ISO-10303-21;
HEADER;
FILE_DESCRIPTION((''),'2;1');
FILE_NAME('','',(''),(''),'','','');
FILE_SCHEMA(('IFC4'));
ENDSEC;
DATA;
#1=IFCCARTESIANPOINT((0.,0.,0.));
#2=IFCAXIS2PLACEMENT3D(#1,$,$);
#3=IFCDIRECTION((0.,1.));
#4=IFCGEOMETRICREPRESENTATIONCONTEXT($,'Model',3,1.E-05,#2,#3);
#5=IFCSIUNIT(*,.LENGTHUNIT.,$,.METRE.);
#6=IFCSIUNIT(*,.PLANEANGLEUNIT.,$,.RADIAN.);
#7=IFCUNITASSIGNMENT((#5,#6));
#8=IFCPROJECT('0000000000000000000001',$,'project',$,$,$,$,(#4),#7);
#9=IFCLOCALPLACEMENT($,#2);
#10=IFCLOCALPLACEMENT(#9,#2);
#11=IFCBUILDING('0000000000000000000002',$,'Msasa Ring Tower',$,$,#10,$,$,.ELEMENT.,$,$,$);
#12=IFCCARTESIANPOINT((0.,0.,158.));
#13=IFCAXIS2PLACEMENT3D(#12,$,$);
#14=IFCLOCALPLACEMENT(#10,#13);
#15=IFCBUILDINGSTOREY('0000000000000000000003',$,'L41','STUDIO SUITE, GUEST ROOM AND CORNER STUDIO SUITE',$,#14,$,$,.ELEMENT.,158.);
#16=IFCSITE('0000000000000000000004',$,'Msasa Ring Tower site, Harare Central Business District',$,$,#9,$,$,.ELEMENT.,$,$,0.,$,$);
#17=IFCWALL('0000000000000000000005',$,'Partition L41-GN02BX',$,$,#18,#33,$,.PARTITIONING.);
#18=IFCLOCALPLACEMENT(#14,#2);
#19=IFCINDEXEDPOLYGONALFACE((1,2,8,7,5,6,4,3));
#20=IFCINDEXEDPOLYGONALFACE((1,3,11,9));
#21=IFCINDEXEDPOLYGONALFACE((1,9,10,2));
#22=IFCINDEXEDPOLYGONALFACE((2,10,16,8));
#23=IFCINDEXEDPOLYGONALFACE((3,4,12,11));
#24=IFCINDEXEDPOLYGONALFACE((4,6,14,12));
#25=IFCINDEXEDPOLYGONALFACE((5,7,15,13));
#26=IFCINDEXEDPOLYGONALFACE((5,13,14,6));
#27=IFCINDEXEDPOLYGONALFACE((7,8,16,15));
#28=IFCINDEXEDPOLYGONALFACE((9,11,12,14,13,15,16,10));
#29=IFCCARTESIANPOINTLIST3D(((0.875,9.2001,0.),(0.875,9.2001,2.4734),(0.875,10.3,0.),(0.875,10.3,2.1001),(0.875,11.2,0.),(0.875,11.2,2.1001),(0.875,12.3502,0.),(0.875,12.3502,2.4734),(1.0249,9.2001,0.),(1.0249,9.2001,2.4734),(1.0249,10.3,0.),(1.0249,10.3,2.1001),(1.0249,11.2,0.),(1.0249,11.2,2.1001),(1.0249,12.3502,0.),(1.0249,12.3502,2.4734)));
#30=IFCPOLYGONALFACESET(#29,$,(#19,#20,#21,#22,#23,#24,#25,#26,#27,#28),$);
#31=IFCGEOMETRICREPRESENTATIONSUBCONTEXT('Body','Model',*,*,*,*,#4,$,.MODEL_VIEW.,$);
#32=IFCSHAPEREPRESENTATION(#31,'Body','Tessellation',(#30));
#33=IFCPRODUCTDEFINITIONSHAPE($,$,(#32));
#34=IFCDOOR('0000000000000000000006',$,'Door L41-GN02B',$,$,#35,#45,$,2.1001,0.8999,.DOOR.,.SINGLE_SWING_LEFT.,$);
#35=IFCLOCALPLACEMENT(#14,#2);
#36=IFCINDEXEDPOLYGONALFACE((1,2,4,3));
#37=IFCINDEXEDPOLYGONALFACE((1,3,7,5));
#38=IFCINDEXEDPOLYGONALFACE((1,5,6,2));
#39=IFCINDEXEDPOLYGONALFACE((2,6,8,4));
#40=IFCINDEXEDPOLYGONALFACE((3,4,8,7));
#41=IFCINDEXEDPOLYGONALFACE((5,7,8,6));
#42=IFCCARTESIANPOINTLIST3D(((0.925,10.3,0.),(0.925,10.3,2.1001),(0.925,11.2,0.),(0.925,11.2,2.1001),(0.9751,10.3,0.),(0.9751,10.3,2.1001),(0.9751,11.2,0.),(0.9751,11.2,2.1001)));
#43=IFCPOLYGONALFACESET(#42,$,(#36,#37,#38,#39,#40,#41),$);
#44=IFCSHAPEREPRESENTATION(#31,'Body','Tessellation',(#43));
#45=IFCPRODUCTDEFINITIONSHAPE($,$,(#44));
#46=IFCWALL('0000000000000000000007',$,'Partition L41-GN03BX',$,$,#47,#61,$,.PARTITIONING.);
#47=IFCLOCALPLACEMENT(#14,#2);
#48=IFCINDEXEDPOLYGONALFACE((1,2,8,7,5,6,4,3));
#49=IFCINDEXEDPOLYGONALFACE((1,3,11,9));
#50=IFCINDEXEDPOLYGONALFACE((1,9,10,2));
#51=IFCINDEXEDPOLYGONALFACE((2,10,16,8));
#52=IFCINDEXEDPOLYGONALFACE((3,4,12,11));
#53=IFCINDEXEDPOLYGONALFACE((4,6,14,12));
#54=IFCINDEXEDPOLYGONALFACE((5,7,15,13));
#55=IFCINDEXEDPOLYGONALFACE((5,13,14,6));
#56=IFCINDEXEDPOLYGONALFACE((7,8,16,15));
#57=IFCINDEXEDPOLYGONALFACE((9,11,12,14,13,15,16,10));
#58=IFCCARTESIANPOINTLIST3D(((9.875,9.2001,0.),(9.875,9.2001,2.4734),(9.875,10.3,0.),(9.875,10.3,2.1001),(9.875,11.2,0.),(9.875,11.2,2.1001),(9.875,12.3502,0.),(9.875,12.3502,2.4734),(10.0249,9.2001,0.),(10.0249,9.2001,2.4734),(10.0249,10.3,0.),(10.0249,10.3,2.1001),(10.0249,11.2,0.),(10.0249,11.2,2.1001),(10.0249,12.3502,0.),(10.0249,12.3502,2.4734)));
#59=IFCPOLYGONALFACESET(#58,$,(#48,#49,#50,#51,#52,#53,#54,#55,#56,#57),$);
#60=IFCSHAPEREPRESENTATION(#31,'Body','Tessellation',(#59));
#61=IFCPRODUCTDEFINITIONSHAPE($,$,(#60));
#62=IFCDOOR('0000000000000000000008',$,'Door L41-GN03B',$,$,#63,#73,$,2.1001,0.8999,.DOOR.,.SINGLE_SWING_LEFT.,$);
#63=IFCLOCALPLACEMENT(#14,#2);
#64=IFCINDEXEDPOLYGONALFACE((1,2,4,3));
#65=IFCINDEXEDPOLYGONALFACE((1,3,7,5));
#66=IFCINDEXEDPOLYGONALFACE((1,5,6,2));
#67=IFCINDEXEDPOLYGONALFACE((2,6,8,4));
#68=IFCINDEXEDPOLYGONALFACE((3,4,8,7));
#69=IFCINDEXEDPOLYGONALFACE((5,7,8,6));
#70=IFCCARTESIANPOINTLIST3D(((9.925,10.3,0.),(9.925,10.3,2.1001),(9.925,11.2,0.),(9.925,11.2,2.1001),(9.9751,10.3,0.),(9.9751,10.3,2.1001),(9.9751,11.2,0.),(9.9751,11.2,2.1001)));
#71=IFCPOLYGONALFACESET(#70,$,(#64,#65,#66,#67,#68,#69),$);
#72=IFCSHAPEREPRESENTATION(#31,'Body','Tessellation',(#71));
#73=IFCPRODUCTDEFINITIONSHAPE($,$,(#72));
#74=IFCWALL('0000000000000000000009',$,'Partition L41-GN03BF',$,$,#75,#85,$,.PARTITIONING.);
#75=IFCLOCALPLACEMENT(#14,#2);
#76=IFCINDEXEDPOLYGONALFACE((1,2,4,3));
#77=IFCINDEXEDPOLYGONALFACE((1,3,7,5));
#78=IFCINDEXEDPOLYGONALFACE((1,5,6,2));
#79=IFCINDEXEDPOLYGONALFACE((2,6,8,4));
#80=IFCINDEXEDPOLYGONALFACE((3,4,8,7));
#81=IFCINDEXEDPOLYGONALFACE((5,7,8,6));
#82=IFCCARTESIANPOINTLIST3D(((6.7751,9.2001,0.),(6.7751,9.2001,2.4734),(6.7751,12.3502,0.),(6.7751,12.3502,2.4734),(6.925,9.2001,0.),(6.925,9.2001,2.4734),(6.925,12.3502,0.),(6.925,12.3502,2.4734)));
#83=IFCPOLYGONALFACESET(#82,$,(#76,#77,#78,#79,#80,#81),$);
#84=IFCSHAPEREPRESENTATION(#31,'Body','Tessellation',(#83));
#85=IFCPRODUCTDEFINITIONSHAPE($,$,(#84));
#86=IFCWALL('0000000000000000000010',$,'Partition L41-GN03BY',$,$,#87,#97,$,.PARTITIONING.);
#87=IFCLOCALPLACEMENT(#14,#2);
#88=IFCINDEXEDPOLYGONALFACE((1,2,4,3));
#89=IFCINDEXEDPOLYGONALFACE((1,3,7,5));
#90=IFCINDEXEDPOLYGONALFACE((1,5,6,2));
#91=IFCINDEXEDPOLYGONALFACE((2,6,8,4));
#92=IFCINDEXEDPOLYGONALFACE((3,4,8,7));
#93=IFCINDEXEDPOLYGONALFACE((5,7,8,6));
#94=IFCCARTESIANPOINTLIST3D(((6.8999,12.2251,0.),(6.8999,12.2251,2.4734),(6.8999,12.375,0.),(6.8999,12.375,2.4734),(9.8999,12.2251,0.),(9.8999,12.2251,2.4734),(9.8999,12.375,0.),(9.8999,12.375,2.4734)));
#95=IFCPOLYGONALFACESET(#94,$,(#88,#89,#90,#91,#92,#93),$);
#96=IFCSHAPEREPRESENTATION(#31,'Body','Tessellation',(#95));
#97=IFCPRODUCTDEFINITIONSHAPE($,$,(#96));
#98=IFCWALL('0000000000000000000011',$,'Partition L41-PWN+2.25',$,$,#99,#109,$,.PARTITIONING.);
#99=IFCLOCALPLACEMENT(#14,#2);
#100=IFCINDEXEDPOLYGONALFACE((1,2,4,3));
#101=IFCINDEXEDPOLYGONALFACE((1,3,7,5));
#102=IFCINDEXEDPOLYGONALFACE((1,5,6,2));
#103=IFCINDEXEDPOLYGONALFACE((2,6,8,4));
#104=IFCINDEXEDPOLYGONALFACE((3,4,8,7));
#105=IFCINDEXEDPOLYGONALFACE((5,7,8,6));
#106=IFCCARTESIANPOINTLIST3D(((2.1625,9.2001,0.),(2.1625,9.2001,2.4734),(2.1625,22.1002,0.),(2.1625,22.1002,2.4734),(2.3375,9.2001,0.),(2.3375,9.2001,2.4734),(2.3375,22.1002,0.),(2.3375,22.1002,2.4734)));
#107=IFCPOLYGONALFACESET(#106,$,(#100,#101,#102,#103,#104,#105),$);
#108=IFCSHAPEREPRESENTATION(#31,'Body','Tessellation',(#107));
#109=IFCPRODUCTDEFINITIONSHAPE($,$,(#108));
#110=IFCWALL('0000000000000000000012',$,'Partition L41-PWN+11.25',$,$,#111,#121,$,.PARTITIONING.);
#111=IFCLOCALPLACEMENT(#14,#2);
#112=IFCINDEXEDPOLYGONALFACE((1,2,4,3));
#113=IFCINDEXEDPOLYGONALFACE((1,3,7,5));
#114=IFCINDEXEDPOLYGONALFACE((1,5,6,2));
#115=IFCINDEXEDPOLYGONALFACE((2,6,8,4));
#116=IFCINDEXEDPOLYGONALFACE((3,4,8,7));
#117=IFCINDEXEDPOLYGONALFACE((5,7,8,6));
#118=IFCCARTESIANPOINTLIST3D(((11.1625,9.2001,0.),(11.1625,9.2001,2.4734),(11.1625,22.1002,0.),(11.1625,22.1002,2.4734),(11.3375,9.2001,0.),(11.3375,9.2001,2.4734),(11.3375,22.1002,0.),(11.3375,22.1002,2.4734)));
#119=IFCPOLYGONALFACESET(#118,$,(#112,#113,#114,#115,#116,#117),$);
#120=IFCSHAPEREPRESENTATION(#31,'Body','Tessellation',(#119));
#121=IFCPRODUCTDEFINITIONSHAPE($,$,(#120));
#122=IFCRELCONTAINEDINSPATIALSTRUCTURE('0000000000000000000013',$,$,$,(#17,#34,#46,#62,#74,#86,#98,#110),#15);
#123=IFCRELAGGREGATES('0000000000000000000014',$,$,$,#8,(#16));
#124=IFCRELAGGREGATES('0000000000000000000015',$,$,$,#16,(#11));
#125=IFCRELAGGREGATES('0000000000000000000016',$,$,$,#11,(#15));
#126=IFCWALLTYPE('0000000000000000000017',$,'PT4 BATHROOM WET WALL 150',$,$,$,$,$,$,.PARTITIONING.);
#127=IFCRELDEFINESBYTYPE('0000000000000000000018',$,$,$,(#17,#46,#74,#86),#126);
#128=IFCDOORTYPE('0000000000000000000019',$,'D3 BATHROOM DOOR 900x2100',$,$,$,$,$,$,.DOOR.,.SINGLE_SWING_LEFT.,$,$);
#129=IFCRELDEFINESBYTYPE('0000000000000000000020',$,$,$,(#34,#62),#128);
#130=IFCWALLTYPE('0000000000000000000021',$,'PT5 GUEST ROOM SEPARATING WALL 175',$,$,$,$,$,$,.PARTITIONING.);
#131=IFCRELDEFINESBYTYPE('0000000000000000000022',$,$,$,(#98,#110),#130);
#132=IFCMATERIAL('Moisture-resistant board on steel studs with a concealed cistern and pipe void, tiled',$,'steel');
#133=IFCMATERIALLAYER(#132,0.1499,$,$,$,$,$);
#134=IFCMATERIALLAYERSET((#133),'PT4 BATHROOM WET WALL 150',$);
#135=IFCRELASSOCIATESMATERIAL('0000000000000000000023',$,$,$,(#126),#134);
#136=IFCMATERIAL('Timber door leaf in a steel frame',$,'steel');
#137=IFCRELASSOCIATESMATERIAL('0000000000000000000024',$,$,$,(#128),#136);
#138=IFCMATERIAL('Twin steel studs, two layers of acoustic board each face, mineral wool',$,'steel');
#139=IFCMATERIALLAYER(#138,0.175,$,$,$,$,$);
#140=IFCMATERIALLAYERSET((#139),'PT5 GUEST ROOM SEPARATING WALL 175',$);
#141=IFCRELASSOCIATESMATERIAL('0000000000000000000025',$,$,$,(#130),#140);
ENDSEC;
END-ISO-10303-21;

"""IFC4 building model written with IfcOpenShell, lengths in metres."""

from ifc_helpers import new_model, si_unit, direction, frame, frame_2d, origin, place, context, subcontext, project, spatial, rectangle, extrude, material, layer, layer_set, type_object, element, fill, save


model = new_model("IFC4")

# Units and contexts
model_context = context("Model", 3, precision=1e-05, world=origin(), true_north=direction((0.0, 1.0)))
body_context = subcontext(model_context, "Body", "Model", "MODEL_VIEW")
ifc_project = project(units=[si_unit("LENGTHUNIT", "METRE"), si_unit("PLANEANGLEUNIT", "RADIAN")], contexts=[model_context])

# Site, building, storey
site_placement = place(None, origin())
site = spatial("IfcSite", under=ifc_project, at=site_placement, Name="Msasa Ring Tower site, Harare Central Business District", CompositionType="ELEMENT", RefElevation=0.0)
building_placement = place(site_placement, origin())
building = spatial("IfcBuilding", under=site, at=building_placement, Name="Msasa Ring Tower", CompositionType="ELEMENT")
storey_placement = place(building_placement, frame((0.0, 0.0, 158.0)))
storey = spatial("IfcBuildingStorey", under=building, at=storey_placement, Name="L41", Description="STUDIO SUITE, GUEST ROOM AND CORNER STUDIO SUITE", CompositionType="ELEMENT", Elevation=158.0)

# Walls, openings, doors
ifc_material_1 = material(Name="Moisture-resistant board on steel studs with a concealed cistern and pipe void, tiled", Category="steel")
ifc_layer_1 = layer(ifc_material_1, 0.1499)
ifc_layer_set_1 = layer_set([ifc_layer_1], Name="PT4 BATHROOM WET WALL 150")
wall_type_1 = type_object("IfcWallType", Name="PT4 BATHROOM WET WALL 150", PredefinedType="PARTITIONING", material=ifc_layer_set_1)
wall_1_placement = place(storey_placement, frame((0.95, 9.2, 0.0), z_axis=(0.0, 0.0, 1.0), x_axis=(0.0, 1.0, 0.0)))
wall_1 = element("IfcWall", 1, at=wall_1_placement, inside=storey, type_object=wall_type_1, Name="Partition L41-GN02BX", PredefinedType="PARTITIONING", context=body_context, shape_type="SweptSolid", body=[
    extrude(rectangle(XDim=3.1501, YDim=0.1499, at=frame_2d((1.5752, 0.0))), origin(), (0.0, 0.0, 1.0), 2.4734),
])
opening_1_placement = place(wall_1_placement, frame((1.1001, 0.0, 0.0)))
opening_1 = element("IfcOpeningElement", 2, at=opening_1_placement, cuts=wall_1, PredefinedType="OPENING", context=body_context, shape_type="SweptSolid", body=[
    extrude(rectangle(XDim=0.8999, YDim=2.1001, at=frame_2d((0.45, 1.05))), frame((0.0, 0.085, 0.0), z_axis=(0.0, -1.0, 0.0), x_axis=(1.0, 0.0, 0.0)), (0.0, 0.0, 1.0), 0.1699),
])
ifc_material_2 = material(Name="Timber door leaf in a steel frame", Category="steel")
door_type_1 = type_object("IfcDoorType", Name="D3 BATHROOM DOOR 900x2100", OperationType="SINGLE_SWING_LEFT", PredefinedType="DOOR", material=ifc_material_2)
door_1_placement = place(opening_1_placement, origin())
door_1 = element("IfcDoor", 3, at=door_1_placement, inside=storey, type_object=door_type_1, Name="Door L41-GN02B", OperationType="SINGLE_SWING_LEFT", OverallHeight=2.1001, OverallWidth=0.8999, PredefinedType="DOOR", context=body_context, shape_type="SweptSolid", body=[
    extrude(rectangle(XDim=0.8999, YDim=2.1001, at=frame_2d((0.45, 1.05))), frame((0.0, 0.0249, 0.0), z_axis=(0.0, -1.0, 0.0), x_axis=(1.0, 0.0, 0.0)), (0.0, 0.0, 1.0), 0.05),
])
fill(opening_1, door_1)
wall_2_placement = place(storey_placement, frame((9.95, 9.2, 0.0), z_axis=(0.0, 0.0, 1.0), x_axis=(0.0, 1.0, 0.0)))
wall_2 = element("IfcWall", 4, at=wall_2_placement, inside=storey, type_object=wall_type_1, Name="Partition L41-GN03BX", PredefinedType="PARTITIONING", context=body_context, shape_type="SweptSolid", body=[
    extrude(rectangle(XDim=3.1501, YDim=0.1499, at=frame_2d((1.5752, 0.0))), origin(), (0.0, 0.0, 1.0), 2.4734),
])
opening_2_placement = place(wall_2_placement, frame((1.1001, 0.0, 0.0)))
opening_2 = element("IfcOpeningElement", 5, at=opening_2_placement, cuts=wall_2, PredefinedType="OPENING", context=body_context, shape_type="SweptSolid", body=[
    extrude(rectangle(XDim=0.8999, YDim=2.1001, at=frame_2d((0.45, 1.05))), frame((0.0, 0.085, 0.0), z_axis=(0.0, -1.0, 0.0), x_axis=(1.0, 0.0, 0.0)), (0.0, 0.0, 1.0), 0.1699),
])
door_2_placement = place(opening_2_placement, origin())
door_2 = element("IfcDoor", 6, at=door_2_placement, inside=storey, type_object=door_type_1, Name="Door L41-GN03B", OperationType="SINGLE_SWING_LEFT", OverallHeight=2.1001, OverallWidth=0.8999, PredefinedType="DOOR", context=body_context, shape_type="SweptSolid", body=[
    extrude(rectangle(XDim=0.8999, YDim=2.1001, at=frame_2d((0.45, 1.05))), frame((0.0, 0.0249, 0.0), z_axis=(0.0, -1.0, 0.0), x_axis=(1.0, 0.0, 0.0)), (0.0, 0.0, 1.0), 0.05),
])
fill(opening_2, door_2)

# Walls
wall_3_placement = place(storey_placement, frame((6.8501, 9.2, 0.0), z_axis=(0.0, 0.0, 1.0), x_axis=(0.0, 1.0, 0.0)))
element("IfcWall", 7, at=wall_3_placement, inside=storey, type_object=wall_type_1, Name="Partition L41-GN03BF", PredefinedType="PARTITIONING", context=body_context, shape_type="SweptSolid", body=[
    extrude(rectangle(XDim=3.1501, YDim=0.1499, at=frame_2d((1.5752, 0.0))), origin(), (0.0, 0.0, 1.0), 2.4734),
])
wall_4_placement = place(storey_placement, frame((6.8999, 12.3, 0.0), z_axis=(0.0, 0.0, 1.0), x_axis=(1.0, 0.0, 0.0)))
element("IfcWall", 8, at=wall_4_placement, inside=storey, type_object=wall_type_1, Name="Partition L41-GN03BY", PredefinedType="PARTITIONING", context=body_context, shape_type="SweptSolid", body=[
    extrude(rectangle(XDim=3.0, YDim=0.1499, at=frame_2d((1.5, 0.0))), origin(), (0.0, 0.0, 1.0), 2.4734),
])
ifc_material_3 = material(Name="Twin steel studs, two layers of acoustic board each face, mineral wool", Category="steel")
ifc_layer_2 = layer(ifc_material_3, 0.175)
ifc_layer_set_2 = layer_set([ifc_layer_2], Name="PT5 GUEST ROOM SEPARATING WALL 175")
wall_type_2 = type_object("IfcWallType", Name="PT5 GUEST ROOM SEPARATING WALL 175", PredefinedType="PARTITIONING", material=ifc_layer_set_2)
for number, where, z_axis, x_axis, name in (
    (9, (2.25, 9.2, 0.0), (0.0, 0.0, 1.0), (0.0, 1.0, 0.0), "Partition L41-PWN+2.25"),
    (10, (11.25, 9.2, 0.0), (0.0, 0.0, 1.0), (0.0, 1.0, 0.0), "Partition L41-PWN+11.25"),
):
    element("IfcWall", number, at=place(storey_placement, frame(where, z_axis=z_axis, x_axis=x_axis)), inside=storey, type_object=wall_type_2, Name=name, PredefinedType="PARTITIONING", context=body_context, shape_type="SweptSolid", body=[
        extrude(rectangle(XDim=12.9001, YDim=0.175, at=frame_2d((6.4502, 0.0))), origin(), (0.0, 0.0, 1.0), 2.4734),
    ])

save(model, "model.ifc")
